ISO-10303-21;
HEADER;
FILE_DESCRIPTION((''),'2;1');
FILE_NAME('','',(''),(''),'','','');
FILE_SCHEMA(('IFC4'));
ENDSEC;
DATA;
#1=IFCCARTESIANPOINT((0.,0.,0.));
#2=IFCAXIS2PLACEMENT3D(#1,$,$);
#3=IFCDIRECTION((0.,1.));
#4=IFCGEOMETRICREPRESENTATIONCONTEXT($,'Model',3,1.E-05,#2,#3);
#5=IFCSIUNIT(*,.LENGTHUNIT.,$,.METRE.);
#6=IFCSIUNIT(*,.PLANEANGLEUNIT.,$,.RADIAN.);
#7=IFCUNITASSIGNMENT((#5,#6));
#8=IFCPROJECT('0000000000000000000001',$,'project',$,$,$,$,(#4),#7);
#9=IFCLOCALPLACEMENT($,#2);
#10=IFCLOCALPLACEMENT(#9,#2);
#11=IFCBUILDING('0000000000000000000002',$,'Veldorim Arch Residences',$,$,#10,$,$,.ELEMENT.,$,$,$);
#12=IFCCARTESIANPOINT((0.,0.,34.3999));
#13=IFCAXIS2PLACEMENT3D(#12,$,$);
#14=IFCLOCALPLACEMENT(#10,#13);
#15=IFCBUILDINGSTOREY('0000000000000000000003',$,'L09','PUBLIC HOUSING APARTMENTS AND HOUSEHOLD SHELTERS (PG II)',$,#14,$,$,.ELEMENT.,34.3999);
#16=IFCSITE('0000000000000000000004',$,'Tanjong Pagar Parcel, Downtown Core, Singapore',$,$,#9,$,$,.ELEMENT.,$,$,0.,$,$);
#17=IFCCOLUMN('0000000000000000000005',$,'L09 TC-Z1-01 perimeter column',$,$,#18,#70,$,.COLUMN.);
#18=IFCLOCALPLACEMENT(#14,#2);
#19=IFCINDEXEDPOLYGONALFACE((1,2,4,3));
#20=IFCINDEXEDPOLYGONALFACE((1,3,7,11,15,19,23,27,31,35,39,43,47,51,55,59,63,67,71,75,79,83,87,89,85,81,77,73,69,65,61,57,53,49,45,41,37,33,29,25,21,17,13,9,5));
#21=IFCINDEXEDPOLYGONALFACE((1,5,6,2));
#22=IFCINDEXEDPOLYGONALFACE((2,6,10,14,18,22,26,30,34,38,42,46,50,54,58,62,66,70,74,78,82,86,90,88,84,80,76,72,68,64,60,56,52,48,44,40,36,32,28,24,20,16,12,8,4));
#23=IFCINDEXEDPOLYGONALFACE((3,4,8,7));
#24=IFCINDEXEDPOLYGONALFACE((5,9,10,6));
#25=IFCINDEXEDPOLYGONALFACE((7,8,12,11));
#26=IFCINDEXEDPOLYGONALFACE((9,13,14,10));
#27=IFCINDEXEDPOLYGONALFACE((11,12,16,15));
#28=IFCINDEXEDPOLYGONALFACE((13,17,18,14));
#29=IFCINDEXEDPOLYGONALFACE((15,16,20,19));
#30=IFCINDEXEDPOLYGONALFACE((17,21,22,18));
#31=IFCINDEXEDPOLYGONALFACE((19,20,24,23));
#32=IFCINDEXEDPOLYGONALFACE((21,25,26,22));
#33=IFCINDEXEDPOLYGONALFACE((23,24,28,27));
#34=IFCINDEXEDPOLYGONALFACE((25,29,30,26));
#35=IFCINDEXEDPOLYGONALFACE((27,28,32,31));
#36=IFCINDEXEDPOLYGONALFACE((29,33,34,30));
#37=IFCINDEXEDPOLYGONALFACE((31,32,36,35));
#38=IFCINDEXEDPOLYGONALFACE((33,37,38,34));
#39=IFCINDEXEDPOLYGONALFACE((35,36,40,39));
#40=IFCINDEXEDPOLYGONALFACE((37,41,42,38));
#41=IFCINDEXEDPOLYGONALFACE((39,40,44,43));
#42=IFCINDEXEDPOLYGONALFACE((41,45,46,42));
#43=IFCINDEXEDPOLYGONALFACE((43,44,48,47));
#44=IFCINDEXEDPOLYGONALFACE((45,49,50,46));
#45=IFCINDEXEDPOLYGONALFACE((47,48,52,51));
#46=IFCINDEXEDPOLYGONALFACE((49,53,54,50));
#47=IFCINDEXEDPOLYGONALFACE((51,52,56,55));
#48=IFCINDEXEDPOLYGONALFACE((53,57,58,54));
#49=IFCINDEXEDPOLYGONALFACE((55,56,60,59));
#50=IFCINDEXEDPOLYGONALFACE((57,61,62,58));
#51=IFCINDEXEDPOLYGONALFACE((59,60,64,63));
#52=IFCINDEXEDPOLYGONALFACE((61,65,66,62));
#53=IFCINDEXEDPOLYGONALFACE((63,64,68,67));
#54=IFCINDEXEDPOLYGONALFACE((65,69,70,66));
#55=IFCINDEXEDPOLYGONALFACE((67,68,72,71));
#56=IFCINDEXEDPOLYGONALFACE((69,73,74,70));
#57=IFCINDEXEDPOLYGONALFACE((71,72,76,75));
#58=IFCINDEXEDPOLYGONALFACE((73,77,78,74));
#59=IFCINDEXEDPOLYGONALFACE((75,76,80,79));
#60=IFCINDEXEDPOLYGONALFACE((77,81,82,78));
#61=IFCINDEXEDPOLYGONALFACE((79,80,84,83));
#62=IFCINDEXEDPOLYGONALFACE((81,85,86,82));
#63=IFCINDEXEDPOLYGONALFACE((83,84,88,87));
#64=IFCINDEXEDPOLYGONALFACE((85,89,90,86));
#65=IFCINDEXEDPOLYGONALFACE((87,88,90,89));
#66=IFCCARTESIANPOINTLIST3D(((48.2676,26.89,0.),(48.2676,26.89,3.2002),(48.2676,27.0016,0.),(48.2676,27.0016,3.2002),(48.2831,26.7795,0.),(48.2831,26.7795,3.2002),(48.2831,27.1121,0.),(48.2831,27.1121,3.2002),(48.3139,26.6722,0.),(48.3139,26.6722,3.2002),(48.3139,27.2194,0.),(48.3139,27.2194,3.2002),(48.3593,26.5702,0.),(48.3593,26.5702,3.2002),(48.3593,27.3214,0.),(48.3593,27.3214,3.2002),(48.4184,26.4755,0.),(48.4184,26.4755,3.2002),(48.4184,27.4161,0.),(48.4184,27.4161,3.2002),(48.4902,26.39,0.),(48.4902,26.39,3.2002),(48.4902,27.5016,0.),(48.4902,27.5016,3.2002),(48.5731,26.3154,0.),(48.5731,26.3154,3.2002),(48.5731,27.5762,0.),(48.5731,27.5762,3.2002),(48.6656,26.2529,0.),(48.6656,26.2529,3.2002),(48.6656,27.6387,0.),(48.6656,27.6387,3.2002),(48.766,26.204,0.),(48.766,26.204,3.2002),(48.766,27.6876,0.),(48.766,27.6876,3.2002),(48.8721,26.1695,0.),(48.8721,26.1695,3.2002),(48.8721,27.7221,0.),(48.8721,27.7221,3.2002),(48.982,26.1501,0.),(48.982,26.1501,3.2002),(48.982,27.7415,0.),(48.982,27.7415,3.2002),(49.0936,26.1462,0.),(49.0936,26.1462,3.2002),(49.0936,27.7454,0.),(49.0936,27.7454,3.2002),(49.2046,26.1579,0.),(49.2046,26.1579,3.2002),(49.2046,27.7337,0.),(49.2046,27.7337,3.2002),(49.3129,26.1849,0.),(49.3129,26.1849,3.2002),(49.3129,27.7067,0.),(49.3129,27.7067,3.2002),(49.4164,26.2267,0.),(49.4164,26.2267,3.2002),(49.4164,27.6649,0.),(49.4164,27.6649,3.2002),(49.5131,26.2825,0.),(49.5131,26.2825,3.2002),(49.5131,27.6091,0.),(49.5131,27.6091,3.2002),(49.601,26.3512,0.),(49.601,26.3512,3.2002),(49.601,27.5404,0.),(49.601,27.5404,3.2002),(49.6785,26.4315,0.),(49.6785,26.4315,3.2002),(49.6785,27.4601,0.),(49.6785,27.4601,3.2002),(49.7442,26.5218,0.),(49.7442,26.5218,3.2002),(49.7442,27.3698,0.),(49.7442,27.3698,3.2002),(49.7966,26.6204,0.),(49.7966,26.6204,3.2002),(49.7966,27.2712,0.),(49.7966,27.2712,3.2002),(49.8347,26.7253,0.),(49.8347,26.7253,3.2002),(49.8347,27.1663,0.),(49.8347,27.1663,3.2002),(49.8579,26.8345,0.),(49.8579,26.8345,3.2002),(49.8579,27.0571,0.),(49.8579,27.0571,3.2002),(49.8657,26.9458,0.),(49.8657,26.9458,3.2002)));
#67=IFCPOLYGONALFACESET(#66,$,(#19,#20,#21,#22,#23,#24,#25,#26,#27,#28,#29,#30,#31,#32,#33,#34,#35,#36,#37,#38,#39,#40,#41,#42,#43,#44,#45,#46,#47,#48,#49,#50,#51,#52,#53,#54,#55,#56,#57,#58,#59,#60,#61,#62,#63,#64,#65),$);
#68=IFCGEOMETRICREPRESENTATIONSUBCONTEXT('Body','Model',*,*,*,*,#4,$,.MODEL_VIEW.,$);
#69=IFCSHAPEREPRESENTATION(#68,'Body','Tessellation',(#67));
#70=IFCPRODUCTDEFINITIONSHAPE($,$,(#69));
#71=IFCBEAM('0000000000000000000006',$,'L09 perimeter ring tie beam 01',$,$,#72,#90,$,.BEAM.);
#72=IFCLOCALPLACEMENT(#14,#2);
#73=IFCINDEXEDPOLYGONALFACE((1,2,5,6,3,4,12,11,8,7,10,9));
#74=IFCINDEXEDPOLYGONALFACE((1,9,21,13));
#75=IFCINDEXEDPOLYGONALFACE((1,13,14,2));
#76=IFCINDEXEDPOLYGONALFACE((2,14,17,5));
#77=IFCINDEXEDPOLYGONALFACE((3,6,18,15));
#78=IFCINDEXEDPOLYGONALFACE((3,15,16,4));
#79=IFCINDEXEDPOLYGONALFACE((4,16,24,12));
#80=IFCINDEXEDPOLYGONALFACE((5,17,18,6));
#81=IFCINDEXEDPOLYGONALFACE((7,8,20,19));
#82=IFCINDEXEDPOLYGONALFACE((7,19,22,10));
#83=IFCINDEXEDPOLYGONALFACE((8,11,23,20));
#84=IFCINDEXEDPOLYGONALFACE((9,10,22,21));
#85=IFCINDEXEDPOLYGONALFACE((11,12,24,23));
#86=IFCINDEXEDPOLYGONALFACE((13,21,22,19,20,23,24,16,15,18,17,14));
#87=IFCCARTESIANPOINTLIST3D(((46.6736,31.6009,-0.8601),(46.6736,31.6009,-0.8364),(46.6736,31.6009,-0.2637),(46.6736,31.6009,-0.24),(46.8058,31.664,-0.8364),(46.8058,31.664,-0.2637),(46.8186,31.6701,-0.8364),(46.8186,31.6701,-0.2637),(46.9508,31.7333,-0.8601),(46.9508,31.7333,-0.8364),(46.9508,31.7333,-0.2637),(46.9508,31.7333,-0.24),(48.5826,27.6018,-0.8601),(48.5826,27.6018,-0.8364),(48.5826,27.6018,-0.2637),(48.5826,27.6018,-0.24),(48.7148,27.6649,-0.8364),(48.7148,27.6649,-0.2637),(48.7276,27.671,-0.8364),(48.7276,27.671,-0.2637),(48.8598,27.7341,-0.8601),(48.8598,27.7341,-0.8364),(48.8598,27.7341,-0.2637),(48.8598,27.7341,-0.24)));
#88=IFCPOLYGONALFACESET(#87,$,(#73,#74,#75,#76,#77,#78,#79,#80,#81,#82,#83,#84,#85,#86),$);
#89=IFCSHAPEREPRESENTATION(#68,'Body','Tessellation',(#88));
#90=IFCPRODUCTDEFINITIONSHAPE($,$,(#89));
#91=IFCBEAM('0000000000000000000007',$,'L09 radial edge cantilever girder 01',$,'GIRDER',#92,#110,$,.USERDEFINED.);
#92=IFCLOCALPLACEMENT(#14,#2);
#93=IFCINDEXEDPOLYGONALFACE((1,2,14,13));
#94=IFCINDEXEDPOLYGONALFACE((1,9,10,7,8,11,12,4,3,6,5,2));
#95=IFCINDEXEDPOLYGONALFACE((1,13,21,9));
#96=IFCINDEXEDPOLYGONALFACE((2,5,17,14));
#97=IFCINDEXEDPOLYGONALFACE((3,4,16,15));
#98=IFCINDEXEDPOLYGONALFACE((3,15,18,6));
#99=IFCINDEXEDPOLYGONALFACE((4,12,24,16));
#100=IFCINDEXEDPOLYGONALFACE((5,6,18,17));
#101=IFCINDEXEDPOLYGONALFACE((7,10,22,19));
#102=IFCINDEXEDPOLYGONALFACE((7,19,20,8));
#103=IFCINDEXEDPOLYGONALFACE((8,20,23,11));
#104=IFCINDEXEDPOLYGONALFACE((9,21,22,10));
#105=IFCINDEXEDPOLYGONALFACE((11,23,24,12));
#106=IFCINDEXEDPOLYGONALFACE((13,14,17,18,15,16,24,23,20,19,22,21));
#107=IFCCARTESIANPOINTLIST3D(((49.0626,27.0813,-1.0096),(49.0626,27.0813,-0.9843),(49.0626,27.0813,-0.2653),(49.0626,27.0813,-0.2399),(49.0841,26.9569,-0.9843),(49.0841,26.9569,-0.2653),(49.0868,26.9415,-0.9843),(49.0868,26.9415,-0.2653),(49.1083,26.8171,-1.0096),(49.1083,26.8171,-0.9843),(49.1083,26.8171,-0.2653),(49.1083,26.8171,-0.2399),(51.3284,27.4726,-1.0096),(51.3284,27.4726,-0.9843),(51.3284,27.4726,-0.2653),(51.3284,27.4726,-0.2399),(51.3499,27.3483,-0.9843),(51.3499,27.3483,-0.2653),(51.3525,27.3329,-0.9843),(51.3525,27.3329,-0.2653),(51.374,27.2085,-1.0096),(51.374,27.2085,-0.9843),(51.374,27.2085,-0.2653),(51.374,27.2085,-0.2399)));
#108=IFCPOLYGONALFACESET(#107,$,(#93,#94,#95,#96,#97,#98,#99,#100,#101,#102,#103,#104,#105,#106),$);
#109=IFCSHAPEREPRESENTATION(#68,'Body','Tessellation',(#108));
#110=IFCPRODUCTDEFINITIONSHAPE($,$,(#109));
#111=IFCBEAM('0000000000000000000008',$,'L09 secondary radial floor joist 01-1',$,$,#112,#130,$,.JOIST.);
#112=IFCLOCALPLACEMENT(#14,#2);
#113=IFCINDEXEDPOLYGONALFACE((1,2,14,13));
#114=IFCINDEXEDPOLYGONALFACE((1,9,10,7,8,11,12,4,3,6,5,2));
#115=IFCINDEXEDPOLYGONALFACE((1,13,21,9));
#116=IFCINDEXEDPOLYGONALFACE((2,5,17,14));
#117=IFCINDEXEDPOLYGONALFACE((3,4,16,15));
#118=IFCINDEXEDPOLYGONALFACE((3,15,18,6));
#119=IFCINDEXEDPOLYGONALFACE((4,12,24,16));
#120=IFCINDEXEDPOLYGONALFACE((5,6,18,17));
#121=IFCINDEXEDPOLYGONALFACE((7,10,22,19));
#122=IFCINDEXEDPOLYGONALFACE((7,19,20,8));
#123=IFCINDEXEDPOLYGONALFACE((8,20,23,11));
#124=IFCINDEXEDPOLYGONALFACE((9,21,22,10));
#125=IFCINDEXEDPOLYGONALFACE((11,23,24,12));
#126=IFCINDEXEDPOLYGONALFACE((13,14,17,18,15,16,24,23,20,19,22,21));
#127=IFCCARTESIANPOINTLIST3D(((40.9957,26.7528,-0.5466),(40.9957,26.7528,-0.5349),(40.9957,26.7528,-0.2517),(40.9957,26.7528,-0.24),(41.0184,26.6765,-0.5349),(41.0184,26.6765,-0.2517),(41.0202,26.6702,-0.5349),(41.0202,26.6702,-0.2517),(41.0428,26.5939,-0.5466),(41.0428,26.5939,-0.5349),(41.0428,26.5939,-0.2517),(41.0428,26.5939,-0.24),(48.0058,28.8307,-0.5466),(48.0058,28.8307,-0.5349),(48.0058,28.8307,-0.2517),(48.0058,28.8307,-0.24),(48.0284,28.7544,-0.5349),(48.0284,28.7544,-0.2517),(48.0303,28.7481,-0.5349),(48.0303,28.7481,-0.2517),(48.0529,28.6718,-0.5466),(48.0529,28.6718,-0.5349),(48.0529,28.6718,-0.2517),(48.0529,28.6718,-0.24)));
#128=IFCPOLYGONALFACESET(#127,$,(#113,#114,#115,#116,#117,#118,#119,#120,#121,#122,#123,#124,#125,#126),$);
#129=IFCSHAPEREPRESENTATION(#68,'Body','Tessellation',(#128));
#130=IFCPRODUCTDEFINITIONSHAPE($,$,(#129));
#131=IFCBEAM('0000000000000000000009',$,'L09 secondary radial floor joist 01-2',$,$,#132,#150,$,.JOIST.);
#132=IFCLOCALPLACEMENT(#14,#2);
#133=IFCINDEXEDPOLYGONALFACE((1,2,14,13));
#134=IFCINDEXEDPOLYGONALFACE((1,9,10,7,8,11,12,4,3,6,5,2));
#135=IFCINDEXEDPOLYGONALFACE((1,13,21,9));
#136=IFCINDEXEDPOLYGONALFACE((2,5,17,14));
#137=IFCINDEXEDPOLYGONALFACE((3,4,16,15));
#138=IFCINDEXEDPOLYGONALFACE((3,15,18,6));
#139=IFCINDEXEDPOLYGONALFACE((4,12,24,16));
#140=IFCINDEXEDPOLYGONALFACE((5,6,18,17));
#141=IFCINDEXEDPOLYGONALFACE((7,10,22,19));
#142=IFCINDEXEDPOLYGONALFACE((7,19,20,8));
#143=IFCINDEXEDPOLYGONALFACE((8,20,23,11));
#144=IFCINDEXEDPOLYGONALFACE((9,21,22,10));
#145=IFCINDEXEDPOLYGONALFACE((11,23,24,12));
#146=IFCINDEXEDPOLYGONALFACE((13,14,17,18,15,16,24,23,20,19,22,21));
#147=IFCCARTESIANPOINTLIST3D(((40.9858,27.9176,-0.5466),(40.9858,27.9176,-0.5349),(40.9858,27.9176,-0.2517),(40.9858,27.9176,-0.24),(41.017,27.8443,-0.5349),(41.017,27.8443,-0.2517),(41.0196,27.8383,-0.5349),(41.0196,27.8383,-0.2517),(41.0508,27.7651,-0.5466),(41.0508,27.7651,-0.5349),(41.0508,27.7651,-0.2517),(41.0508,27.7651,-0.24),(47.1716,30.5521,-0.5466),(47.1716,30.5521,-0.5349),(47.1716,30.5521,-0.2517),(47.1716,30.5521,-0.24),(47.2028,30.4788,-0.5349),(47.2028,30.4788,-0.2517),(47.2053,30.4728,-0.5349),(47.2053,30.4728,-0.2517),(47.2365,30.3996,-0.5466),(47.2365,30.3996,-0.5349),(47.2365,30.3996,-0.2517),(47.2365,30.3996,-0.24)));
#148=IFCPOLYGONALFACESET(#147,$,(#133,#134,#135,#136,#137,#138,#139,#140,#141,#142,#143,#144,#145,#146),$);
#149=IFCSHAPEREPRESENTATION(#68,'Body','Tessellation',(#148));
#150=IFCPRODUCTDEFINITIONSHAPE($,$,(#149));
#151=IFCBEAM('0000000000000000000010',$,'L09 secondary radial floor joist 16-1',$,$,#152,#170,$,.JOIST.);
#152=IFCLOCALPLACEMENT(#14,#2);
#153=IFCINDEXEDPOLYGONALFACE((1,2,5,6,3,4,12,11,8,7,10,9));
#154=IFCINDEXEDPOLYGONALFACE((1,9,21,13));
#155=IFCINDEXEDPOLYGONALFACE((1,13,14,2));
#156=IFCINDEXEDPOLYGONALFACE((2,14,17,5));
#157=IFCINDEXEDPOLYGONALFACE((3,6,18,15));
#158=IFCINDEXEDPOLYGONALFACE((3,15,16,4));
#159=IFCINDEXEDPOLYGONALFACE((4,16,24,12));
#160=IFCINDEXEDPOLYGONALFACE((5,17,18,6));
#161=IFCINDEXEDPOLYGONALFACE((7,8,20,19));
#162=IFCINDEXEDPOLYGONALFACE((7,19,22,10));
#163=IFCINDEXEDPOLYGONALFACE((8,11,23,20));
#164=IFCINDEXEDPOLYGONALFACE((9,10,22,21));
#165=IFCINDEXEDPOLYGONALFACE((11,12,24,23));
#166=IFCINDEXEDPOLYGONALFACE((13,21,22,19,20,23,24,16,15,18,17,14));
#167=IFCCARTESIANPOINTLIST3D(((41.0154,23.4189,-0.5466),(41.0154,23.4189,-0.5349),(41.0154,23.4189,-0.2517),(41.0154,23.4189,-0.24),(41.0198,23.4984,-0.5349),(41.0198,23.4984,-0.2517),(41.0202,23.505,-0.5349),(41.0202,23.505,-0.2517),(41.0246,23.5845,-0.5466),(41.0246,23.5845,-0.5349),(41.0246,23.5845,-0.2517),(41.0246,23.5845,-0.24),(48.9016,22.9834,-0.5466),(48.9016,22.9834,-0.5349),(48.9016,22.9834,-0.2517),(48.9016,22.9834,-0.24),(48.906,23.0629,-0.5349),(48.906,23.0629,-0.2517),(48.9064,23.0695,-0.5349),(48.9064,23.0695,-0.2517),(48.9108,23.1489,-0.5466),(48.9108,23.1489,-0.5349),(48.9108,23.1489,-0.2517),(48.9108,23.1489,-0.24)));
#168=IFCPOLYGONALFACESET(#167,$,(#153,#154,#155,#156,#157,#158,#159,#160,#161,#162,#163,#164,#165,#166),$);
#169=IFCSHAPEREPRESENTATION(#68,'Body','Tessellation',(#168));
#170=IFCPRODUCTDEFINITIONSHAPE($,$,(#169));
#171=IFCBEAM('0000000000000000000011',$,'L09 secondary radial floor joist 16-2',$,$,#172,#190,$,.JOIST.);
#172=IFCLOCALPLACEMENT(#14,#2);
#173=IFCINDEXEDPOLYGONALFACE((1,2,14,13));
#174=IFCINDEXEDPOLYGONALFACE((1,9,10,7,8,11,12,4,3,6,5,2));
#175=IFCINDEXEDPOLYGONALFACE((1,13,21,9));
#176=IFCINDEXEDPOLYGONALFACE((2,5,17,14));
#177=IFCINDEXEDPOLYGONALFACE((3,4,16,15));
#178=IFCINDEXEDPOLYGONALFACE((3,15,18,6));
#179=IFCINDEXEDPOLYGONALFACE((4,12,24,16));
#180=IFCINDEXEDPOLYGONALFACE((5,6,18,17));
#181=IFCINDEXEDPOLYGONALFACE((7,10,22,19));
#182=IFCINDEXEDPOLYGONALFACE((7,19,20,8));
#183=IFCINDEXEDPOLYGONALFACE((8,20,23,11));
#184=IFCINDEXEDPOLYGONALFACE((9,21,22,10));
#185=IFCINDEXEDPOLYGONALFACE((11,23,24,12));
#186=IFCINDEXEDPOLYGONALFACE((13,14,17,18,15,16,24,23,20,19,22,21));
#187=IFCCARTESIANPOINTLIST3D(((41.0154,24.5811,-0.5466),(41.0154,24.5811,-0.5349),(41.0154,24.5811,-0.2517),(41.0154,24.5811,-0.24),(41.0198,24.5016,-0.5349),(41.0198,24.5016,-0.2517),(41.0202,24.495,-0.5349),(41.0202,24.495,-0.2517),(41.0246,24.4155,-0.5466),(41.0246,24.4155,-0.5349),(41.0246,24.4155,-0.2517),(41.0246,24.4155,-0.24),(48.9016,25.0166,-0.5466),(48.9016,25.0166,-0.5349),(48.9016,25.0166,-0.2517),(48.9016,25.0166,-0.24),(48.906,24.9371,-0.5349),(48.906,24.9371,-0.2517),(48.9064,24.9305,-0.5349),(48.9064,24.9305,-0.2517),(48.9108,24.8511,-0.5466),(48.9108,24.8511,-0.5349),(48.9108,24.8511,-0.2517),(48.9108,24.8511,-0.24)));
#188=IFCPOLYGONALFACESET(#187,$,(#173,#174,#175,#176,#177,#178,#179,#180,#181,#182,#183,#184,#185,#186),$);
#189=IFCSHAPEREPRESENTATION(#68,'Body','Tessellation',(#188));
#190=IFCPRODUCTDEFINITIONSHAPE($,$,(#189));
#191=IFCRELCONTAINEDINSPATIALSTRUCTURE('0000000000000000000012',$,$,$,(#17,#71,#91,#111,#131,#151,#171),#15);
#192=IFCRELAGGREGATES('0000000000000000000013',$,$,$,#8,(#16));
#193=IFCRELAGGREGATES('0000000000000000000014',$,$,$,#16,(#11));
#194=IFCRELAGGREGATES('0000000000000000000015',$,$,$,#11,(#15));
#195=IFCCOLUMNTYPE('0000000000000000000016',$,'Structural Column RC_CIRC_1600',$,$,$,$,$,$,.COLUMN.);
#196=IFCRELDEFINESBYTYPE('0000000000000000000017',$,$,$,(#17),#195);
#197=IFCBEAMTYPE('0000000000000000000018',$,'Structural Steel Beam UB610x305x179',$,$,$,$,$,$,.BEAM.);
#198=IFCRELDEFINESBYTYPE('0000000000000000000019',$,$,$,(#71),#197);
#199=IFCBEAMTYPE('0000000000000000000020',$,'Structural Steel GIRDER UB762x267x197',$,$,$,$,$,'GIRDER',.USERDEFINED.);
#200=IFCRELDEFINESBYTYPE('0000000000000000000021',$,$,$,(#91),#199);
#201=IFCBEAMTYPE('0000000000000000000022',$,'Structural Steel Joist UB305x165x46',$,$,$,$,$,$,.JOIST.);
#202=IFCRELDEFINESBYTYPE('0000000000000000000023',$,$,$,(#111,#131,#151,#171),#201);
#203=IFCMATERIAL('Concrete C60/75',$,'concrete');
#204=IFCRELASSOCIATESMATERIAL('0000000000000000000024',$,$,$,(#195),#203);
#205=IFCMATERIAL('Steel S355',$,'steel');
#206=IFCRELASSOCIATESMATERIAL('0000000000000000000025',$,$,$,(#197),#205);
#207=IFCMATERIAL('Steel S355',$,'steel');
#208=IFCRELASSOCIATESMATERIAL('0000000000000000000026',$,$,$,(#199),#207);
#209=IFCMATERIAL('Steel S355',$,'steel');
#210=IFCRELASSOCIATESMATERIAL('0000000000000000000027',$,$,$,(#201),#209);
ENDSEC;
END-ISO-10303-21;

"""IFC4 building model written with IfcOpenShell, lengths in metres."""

from ifc_helpers import new_model, si_unit, direction, frame, origin, origin_2d, place, context, subcontext, project, spatial, circle, i_section, extrude, material, material_profile, profile_set, type_object, element, save


model = new_model("IFC4")

# Units and contexts
model_context = context("Model", 3, precision=1e-05, world=origin(), true_north=direction((0.0, 1.0)))
body_context = subcontext(model_context, "Body", "Model", "MODEL_VIEW")
ifc_project = project(units=[si_unit("LENGTHUNIT", "METRE"), si_unit("PLANEANGLEUNIT", "RADIAN")], contexts=[model_context])

# Site, building, storey
site_placement = place(None, origin())
site = spatial("IfcSite", under=ifc_project, at=site_placement, Name="Tanjong Pagar Parcel, Downtown Core, Singapore", CompositionType="ELEMENT", RefElevation=0.0)
building_placement = place(site_placement, origin())
building = spatial("IfcBuilding", under=site, at=building_placement, Name="Veldorim Arch Residences", CompositionType="ELEMENT")
storey_placement = place(building_placement, frame((0.0, 0.0, 34.3999)))
storey = spatial("IfcBuildingStorey", under=building, at=storey_placement, Name="L09", Description="PUBLIC HOUSING APARTMENTS AND HOUSEHOLD SHELTERS (PG II)", CompositionType="ELEMENT", Elevation=34.3999)

# Column
ifc_material_1 = material(Name="Concrete C60/75", Category="concrete")
ifc_material_profile_1 = material_profile(ifc_material_1, circle(Radius=0.8, at=origin_2d()), Name="RC_CIRC_1600")
ifc_profile_set_1 = profile_set([ifc_material_profile_1], Name="Concrete C60/75")
column_type = type_object("IfcColumnType", Name="Structural Column RC_CIRC_1600", PredefinedType="COLUMN", material=ifc_profile_set_1)
column_placement = place(storey_placement, frame((49.0657, 26.9458, 0.0), z_axis=(0.0, 0.0, 1.0), x_axis=(1.0, 0.0, 0.0)))
element("IfcColumn", 1, at=column_placement, inside=storey, type_object=column_type, Name="L09 TC-Z1-01 perimeter column", PredefinedType="COLUMN", context=body_context, shape_type="SweptSolid", body=[
    extrude(circle(Radius=0.8, at=origin_2d()), origin(), (0.0, 0.0, 1.0), 3.2002),
])

# Beams
ifc_material_2 = material(Name="Steel S355", Category="steel")
ifc_material_profile_2 = material_profile(ifc_material_2, i_section(OverallWidth=0.3071, OverallDepth=0.6201, WebThickness=0.0142, FlangeThickness=0.0237, at=origin_2d()), Name="UB610x305x179")
ifc_profile_set_2 = profile_set([ifc_material_profile_2], Name="Steel S355")
beam_type_1 = type_object("IfcBeamType", Name="Structural Steel Beam UB610x305x179", PredefinedType="BEAM", material=ifc_profile_set_2)
beam_1_placement = place(storey_placement, frame((48.7212, 27.668, -0.55), z_axis=(-0.430787, 0.902454, 0.0), x_axis=(-0.902454, -0.430787, 0.0)))
element("IfcBeam", 2, at=beam_1_placement, inside=storey, type_object=beam_type_1, Name="L09 perimeter ring tie beam 01", PredefinedType="BEAM", context=body_context, shape_type="SweptSolid", body=[
    extrude(i_section(OverallWidth=0.3071, OverallDepth=0.6201, WebThickness=0.0142, FlangeThickness=0.0237, at=origin_2d()), origin(), (0.0, 0.0, 1.0), 4.4314),
])
ifc_material_3 = material(Name="Steel S355", Category="steel")
ifc_material_profile_3 = material_profile(ifc_material_3, i_section(OverallWidth=0.2681, OverallDepth=0.7698, WebThickness=0.0156, FlangeThickness=0.0254, at=origin_2d()), Name="UB762x267x197")
ifc_profile_set_3 = profile_set([ifc_material_profile_3], Name="Steel S355")
beam_type_2 = type_object("IfcBeamType", Name="Structural Steel GIRDER UB762x267x197", ElementType="GIRDER", PredefinedType="USERDEFINED", material=ifc_profile_set_3)
beam_2_placement = place(storey_placement, frame((49.0854, 26.9492, -0.6248), z_axis=(0.98541, 0.170198, 0.0), x_axis=(-0.170198, 0.98541, 0.0)))
element("IfcBeam", 3, at=beam_2_placement, inside=storey, type_object=beam_type_2, Name="L09 radial edge cantilever girder 01", ObjectType="GIRDER", PredefinedType="USERDEFINED", context=body_context, shape_type="SweptSolid", body=[
    extrude(i_section(OverallWidth=0.2681, OverallDepth=0.7698, WebThickness=0.0156, FlangeThickness=0.0254, at=origin_2d()), origin(), (0.0, 0.0, 1.0), 2.2993),
])
ifc_material_4 = material(Name="Steel S355", Category="steel")
ifc_material_profile_4 = material_profile(ifc_material_4, i_section(OverallWidth=0.1658, OverallDepth=0.3066, WebThickness=0.0066, FlangeThickness=0.0117, at=origin_2d()), Name="UB305x165x46")
ifc_profile_set_4 = profile_set([ifc_material_profile_4], Name="Steel S355")
beam_type_3 = type_object("IfcBeamType", Name="Structural Steel Joist UB305x165x46", PredefinedType="JOIST", material=ifc_profile_set_4)
beam_3_placement = place(storey_placement, frame((41.0193, 26.6733, -0.3933), z_axis=(0.958767, 0.284194, 0.0), x_axis=(-0.284194, 0.958767, 0.0)))
element("IfcBeam", 4, at=beam_3_placement, inside=storey, type_object=beam_type_3, Name="L09 secondary radial floor joist 01-1", PredefinedType="JOIST", context=body_context, shape_type="SweptSolid", body=[
    extrude(i_section(OverallWidth=0.1658, OverallDepth=0.3066, WebThickness=0.0066, FlangeThickness=0.0117, at=origin_2d()), origin(), (0.0, 0.0, 1.0), 7.3115),
])
beam_4_placement = place(storey_placement, frame((41.0183, 27.8413, -0.3933), z_axis=(0.920033, 0.391841, 0.0), x_axis=(-0.391841, 0.920033, 0.0)))
element("IfcBeam", 5, at=beam_4_placement, inside=storey, type_object=beam_type_3, Name="L09 secondary radial floor joist 01-2", PredefinedType="JOIST", context=body_context, shape_type="SweptSolid", body=[
    extrude(i_section(OverallWidth=0.1658, OverallDepth=0.3066, WebThickness=0.0066, FlangeThickness=0.0117, at=origin_2d()), origin(), (0.0, 0.0, 1.0), 6.7234),
])
for number, where, z_axis, x_axis, name in (
    (6, (41.02, 23.5017, -0.3933), (0.998478, -0.055145, 0.0), (0.055145, 0.998478, 0.0), "L09 secondary radial floor joist 16-1"),
    (7, (41.02, 24.4983, -0.3933), (0.998478, 0.055145, 0.0), (-0.055145, 0.998478, 0.0), "L09 secondary radial floor joist 16-2"),
):
    element("IfcBeam", number, at=place(storey_placement, frame(where, z_axis=z_axis, x_axis=x_axis)), inside=storey, type_object=beam_type_3, Name=name, PredefinedType="JOIST", context=body_context, shape_type="SweptSolid", body=[
        extrude(i_section(OverallWidth=0.1658, OverallDepth=0.3066, WebThickness=0.0066, FlangeThickness=0.0117, at=origin_2d()), origin(), (0.0, 0.0, 1.0), 7.8982),
    ])

save(model, "model.ifc")
